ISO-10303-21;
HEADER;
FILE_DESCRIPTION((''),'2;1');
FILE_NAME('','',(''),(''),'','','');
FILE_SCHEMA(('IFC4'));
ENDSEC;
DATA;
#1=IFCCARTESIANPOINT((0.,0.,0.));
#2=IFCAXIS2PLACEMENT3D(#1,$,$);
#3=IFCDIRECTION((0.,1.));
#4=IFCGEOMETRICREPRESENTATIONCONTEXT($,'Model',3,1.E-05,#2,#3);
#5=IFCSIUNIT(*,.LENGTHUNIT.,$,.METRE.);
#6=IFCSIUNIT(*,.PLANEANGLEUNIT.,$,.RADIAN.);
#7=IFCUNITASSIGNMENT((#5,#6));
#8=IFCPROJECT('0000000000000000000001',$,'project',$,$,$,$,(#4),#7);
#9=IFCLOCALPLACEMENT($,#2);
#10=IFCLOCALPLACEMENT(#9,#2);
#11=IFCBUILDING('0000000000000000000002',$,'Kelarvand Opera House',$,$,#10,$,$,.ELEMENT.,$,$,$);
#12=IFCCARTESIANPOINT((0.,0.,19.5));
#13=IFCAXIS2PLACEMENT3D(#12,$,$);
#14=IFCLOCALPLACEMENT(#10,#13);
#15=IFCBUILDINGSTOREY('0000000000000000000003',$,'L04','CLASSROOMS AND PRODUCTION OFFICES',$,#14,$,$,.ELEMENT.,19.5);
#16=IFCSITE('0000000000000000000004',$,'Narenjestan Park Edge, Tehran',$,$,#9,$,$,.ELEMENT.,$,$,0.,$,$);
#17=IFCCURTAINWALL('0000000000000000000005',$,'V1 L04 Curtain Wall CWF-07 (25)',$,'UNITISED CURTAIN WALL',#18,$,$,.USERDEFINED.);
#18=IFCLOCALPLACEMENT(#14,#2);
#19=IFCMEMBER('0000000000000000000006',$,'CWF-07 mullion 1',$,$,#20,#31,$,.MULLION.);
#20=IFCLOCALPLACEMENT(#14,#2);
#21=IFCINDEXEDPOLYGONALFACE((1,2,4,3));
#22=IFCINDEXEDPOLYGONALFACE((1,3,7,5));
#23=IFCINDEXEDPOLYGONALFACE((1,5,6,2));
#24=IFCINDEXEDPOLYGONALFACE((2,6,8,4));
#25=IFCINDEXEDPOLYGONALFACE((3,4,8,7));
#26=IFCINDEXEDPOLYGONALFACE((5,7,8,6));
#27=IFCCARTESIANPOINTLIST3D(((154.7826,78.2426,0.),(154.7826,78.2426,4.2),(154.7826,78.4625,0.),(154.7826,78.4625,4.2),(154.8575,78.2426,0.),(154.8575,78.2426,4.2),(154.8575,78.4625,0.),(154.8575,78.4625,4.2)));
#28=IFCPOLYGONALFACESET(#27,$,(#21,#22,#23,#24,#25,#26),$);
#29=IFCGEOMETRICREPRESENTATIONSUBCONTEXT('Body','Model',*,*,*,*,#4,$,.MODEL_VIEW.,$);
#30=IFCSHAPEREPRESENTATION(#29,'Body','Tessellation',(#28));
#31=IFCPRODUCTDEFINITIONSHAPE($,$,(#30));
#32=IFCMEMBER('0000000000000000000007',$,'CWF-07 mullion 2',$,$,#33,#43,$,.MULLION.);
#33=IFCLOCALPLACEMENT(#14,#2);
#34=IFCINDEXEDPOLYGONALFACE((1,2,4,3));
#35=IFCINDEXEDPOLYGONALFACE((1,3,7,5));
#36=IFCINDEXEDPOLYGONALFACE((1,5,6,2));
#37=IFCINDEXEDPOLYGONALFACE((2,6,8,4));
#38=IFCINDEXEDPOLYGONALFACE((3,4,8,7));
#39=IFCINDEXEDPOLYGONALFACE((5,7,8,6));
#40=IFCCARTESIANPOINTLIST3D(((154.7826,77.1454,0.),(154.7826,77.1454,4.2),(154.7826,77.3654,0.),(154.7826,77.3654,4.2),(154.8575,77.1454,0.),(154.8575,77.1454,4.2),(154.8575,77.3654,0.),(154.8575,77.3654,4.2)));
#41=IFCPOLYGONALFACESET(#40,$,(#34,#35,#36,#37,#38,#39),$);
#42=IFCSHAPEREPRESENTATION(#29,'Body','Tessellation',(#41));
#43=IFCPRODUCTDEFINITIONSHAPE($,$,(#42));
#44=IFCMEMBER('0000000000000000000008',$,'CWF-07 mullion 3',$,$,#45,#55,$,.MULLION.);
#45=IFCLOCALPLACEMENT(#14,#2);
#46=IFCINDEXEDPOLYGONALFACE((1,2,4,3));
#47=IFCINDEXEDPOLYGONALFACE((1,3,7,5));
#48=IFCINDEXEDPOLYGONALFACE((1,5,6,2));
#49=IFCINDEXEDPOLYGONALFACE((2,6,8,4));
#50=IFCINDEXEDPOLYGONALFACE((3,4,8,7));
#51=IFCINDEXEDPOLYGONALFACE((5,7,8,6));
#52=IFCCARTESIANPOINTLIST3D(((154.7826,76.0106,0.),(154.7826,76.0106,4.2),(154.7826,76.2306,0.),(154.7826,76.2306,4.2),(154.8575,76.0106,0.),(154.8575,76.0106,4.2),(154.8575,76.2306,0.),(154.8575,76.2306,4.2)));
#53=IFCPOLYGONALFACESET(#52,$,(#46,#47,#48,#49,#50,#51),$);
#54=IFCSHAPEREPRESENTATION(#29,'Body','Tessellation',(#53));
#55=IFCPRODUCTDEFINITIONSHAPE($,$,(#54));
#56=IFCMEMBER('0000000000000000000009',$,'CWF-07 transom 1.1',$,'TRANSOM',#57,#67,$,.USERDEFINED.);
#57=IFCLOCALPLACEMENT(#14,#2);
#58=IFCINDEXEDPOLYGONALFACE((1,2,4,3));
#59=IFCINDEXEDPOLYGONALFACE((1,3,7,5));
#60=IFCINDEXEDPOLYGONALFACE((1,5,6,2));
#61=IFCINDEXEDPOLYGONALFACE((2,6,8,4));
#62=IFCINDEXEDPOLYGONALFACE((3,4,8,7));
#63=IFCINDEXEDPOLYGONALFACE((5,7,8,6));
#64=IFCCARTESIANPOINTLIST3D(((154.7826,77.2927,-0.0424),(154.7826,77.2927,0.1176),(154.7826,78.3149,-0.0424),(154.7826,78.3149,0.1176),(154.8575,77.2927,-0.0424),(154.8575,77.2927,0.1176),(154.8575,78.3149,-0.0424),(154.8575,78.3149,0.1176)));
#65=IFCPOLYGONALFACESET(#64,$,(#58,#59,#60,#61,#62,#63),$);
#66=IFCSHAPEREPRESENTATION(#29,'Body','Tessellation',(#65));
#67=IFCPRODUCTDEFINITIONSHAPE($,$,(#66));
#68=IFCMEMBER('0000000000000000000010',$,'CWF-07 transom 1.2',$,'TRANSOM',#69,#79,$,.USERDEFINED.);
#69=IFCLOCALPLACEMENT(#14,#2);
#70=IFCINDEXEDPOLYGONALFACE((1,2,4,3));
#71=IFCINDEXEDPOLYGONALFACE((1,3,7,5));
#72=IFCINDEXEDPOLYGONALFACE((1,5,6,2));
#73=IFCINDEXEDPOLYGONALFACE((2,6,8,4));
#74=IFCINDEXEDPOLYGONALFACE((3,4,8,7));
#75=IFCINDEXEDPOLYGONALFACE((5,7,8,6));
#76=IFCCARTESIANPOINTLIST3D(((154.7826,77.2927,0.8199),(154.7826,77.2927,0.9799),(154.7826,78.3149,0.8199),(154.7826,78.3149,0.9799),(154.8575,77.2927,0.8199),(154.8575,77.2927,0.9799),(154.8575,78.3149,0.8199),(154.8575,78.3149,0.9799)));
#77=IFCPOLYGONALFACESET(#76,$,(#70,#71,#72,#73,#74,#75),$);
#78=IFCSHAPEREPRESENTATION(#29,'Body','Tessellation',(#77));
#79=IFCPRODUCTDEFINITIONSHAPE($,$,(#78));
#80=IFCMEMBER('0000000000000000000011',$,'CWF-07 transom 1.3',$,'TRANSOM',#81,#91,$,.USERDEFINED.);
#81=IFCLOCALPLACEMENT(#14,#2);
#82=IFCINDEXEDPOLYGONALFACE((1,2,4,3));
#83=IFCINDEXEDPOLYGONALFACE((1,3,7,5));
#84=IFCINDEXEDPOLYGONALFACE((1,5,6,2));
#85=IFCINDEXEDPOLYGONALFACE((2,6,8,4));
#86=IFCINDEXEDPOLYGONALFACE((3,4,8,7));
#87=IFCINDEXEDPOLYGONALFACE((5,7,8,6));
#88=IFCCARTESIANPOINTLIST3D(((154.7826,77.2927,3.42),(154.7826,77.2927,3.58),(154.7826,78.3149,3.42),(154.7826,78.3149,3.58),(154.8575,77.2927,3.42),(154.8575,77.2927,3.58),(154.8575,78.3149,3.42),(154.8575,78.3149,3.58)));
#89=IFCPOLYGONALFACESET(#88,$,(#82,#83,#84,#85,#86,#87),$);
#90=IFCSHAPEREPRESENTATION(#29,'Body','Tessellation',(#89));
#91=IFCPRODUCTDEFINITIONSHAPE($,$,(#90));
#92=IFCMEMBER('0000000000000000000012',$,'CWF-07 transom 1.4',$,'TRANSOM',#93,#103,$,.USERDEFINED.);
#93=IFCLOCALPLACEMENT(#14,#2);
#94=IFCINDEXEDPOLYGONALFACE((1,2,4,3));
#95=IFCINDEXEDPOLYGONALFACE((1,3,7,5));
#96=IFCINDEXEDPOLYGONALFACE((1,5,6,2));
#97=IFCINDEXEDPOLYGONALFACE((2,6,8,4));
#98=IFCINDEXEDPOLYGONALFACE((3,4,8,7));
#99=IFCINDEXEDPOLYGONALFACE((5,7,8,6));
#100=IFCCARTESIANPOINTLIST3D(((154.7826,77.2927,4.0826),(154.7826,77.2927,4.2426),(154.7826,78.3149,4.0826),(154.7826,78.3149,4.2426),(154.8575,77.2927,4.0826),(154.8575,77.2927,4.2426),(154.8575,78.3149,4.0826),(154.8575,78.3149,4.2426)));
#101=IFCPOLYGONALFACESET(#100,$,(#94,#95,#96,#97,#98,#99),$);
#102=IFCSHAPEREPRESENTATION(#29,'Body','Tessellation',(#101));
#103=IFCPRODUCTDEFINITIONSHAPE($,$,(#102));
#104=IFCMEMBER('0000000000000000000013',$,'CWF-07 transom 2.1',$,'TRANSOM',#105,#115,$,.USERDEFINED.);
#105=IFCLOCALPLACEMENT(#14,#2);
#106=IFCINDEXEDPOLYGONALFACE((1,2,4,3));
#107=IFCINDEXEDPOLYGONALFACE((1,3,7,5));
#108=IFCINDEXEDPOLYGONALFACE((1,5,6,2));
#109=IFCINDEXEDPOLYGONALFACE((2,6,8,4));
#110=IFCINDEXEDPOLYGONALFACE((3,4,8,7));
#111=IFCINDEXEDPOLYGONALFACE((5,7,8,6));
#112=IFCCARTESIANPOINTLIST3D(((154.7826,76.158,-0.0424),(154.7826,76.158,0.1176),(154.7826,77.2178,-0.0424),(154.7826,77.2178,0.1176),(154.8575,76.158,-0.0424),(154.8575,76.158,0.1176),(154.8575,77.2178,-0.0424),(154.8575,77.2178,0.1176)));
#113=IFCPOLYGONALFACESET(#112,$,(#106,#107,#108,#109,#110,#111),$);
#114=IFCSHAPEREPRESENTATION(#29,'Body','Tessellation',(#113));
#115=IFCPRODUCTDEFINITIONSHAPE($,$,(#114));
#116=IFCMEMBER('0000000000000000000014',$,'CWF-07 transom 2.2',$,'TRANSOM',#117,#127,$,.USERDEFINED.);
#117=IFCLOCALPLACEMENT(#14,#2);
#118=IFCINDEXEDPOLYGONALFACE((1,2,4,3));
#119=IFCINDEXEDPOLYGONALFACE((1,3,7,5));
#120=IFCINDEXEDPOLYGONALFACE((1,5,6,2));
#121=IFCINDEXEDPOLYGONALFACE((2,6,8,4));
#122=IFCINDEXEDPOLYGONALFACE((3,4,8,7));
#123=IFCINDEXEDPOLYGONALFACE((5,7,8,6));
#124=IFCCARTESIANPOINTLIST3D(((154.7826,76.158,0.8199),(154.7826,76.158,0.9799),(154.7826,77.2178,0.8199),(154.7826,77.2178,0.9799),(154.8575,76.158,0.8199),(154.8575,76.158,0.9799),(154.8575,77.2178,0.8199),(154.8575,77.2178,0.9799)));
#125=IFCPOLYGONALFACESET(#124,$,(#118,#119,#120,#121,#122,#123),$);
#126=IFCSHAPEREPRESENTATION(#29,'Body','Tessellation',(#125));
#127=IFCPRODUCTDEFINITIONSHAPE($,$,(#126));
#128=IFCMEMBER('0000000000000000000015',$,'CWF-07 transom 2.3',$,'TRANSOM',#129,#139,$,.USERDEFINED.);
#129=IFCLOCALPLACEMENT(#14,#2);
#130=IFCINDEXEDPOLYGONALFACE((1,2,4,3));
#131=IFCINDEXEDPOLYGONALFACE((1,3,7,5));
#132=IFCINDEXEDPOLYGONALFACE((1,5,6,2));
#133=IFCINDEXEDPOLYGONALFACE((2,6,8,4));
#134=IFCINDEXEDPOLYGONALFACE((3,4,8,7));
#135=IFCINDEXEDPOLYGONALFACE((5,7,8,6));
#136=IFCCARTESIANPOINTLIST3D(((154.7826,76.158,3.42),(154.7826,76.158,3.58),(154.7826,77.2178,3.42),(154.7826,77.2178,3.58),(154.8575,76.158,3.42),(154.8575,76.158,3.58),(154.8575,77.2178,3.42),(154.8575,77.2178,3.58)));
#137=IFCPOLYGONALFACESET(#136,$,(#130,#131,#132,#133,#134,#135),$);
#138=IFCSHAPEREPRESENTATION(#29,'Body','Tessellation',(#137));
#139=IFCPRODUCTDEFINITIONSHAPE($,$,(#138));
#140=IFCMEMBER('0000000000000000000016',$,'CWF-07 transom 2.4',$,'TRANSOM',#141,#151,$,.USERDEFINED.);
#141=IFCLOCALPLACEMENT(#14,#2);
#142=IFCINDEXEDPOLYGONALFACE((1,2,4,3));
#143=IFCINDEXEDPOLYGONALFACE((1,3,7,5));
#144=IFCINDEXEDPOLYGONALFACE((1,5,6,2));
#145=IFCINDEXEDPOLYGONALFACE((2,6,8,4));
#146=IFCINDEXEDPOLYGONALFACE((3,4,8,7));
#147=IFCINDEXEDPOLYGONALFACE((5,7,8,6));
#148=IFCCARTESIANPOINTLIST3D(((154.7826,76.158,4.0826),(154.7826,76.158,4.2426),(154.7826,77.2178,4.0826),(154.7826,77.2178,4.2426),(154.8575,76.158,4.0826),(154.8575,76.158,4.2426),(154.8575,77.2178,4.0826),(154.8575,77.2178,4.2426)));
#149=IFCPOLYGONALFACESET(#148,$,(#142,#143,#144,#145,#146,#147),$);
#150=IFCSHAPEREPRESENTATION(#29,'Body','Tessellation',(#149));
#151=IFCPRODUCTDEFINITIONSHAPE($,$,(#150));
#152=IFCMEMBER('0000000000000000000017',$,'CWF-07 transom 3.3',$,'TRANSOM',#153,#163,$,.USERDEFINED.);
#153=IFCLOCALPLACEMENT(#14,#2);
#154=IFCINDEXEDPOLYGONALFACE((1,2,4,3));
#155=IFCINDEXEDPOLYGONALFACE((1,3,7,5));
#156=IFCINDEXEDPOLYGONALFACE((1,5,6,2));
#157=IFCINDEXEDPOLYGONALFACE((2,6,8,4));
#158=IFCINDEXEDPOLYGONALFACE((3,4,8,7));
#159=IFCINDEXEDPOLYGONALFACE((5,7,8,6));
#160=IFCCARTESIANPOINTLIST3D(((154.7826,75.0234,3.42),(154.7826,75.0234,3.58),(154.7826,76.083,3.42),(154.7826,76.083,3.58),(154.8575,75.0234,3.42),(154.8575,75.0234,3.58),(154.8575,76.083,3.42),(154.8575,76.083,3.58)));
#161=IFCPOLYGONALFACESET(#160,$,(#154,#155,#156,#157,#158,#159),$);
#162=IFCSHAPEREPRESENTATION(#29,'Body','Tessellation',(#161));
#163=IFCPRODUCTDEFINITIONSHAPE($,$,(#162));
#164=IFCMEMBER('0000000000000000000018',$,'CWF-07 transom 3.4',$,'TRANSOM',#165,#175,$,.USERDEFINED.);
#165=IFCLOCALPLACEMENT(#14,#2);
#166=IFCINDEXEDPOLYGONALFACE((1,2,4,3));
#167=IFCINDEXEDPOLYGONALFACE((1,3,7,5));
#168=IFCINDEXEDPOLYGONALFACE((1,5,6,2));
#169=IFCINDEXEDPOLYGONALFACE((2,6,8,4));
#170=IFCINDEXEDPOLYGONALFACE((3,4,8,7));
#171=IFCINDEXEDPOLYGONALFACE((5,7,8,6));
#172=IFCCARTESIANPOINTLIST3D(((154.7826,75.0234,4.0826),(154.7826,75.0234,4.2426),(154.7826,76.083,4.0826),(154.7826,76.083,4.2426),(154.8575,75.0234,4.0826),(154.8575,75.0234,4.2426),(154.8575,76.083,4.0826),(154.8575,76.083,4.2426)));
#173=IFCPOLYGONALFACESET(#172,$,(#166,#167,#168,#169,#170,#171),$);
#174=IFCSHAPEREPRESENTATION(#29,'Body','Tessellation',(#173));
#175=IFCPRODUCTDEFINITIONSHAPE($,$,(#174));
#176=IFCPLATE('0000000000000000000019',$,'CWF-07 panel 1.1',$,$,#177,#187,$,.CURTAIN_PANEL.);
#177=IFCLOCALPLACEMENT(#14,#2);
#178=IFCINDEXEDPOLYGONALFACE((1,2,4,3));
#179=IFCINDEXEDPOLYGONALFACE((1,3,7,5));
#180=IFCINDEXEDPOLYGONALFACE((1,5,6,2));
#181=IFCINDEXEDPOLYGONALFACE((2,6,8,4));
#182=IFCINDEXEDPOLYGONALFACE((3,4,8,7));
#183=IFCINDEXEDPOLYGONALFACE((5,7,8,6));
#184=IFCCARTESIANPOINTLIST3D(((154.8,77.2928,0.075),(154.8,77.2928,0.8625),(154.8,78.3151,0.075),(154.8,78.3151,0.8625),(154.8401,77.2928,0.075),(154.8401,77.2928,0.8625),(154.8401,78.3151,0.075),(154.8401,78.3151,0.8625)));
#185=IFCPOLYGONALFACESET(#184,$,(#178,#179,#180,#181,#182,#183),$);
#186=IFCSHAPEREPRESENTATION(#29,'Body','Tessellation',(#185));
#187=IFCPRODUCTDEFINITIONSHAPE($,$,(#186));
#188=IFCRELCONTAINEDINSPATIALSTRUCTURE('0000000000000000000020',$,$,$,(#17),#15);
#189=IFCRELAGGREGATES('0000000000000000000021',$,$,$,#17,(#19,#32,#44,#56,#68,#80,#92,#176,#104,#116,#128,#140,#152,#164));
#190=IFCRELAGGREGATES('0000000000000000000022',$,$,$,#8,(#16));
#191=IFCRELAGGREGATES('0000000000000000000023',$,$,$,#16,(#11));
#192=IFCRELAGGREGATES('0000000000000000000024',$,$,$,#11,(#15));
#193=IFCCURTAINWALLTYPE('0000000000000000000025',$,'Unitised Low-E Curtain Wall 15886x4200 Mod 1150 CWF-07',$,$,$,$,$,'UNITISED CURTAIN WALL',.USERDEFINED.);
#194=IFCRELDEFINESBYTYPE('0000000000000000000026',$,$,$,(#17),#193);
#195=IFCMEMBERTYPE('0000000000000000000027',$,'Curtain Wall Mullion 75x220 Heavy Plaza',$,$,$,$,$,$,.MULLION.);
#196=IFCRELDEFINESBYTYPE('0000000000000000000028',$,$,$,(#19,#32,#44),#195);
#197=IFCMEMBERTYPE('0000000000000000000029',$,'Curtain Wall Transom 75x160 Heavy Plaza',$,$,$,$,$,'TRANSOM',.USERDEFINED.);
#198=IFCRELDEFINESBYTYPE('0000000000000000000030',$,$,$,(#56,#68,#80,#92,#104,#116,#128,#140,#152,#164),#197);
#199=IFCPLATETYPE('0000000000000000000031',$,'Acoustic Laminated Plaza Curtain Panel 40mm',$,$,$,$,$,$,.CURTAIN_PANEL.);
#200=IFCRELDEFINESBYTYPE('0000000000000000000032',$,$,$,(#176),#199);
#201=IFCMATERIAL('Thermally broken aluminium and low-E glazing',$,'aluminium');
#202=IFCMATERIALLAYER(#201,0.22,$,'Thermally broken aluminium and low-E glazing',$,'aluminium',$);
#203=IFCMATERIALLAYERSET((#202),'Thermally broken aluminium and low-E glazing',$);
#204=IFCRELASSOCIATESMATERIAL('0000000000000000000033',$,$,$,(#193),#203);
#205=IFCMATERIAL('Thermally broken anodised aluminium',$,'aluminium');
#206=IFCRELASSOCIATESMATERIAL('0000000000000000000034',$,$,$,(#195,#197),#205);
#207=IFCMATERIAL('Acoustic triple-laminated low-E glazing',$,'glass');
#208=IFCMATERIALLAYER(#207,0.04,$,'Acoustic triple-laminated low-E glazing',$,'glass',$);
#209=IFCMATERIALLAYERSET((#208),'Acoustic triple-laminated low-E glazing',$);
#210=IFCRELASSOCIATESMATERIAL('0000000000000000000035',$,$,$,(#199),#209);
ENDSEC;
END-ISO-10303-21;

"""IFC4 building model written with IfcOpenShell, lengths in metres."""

from ifc_helpers import new_model, si_unit, direction, frame, origin, origin_2d, place, context, subcontext, project, spatial, rectangle, extrude, material, layer, layer_set, material_profile, profile_set, type_object, element, aggregate, save


model = new_model("IFC4")

# Units and contexts
model_context = context("Model", 3, precision=1e-05, world=origin(), true_north=direction((0.0, 1.0)))
body_context = subcontext(model_context, "Body", "Model", "MODEL_VIEW")
ifc_project = project(units=[si_unit("LENGTHUNIT", "METRE"), si_unit("PLANEANGLEUNIT", "RADIAN")], contexts=[model_context])

# Site, building, storey
site_placement = place(None, origin())
site = spatial("IfcSite", under=ifc_project, at=site_placement, Name="Narenjestan Park Edge, Tehran", CompositionType="ELEMENT", RefElevation=0.0)
building_placement = place(site_placement, origin())
building = spatial("IfcBuilding", under=site, at=building_placement, Name="Kelarvand Opera House", CompositionType="ELEMENT")
storey_placement = place(building_placement, frame((0.0, 0.0, 19.5)))
storey = spatial("IfcBuildingStorey", under=building, at=storey_placement, Name="L04", Description="CLASSROOMS AND PRODUCTION OFFICES", CompositionType="ELEMENT", Elevation=19.5)

# Curtain wall, members, plate
ifc_material_1 = material(Name="Thermally broken aluminium and low-E glazing", Category="aluminium")
ifc_layer_1 = layer(ifc_material_1, 0.22, Name="Thermally broken aluminium and low-E glazing", Category="aluminium")
ifc_layer_set_1 = layer_set([ifc_layer_1], Name="Thermally broken aluminium and low-E glazing")
curtain_wall_type = type_object("IfcCurtainWallType", Name="Unitised Low-E Curtain Wall 15886x4200 Mod 1150 CWF-07", ElementType="UNITISED CURTAIN WALL", PredefinedType="USERDEFINED", material=ifc_layer_set_1)
curtain_wall_placement = place(storey_placement, origin())
curtain_wall = element("IfcCurtainWall", 1, at=curtain_wall_placement, inside=storey, type_object=curtain_wall_type, Name="V1 L04 Curtain Wall CWF-07 (25)", ObjectType="UNITISED CURTAIN WALL", PredefinedType="USERDEFINED")
ifc_material_2 = material(Name="Thermally broken anodised aluminium", Category="aluminium")
ifc_material_profile_1 = material_profile(ifc_material_2, rectangle(XDim=0.075, YDim=0.22, at=origin_2d()), Name="ALU MULLION 75x220", Category="aluminium")
ifc_profile_set_1 = profile_set([ifc_material_profile_1], Name="Thermally broken anodised aluminium")
member_type_1 = type_object("IfcMemberType", Name="Curtain Wall Mullion 75x220 Heavy Plaza", PredefinedType="MULLION", material=ifc_profile_set_1)
member_1_placement = place(storey_placement, frame((154.8201, 78.3525, 0.0), z_axis=(0.0, 0.0, 1.0), x_axis=(1.0, 0.0, 0.0)))
member_1 = element("IfcMember", 2, at=member_1_placement, type_object=member_type_1, Name="CWF-07 mullion 1", PredefinedType="MULLION", context=body_context, shape_type="SweptSolid", body=[
    extrude(rectangle(XDim=0.075, YDim=0.22, at=origin_2d()), origin(), (0.0, 0.0, 1.0), 4.2),
])
member_2_placement = place(storey_placement, frame((154.8201, 77.2554, 0.0), z_axis=(0.0, 0.0, 1.0), x_axis=(1.0, 0.0, 0.0)))
member_2 = element("IfcMember", 3, at=member_2_placement, type_object=member_type_1, Name="CWF-07 mullion 2", PredefinedType="MULLION", context=body_context, shape_type="SweptSolid", body=[
    extrude(rectangle(XDim=0.075, YDim=0.22, at=origin_2d()), origin(), (0.0, 0.0, 1.0), 4.2),
])
member_3_placement = place(storey_placement, frame((154.8201, 76.1206, 0.0), z_axis=(0.0, 0.0, 1.0), x_axis=(1.0, 0.0, 0.0)))
member_3 = element("IfcMember", 4, at=member_3_placement, type_object=member_type_1, Name="CWF-07 mullion 3", PredefinedType="MULLION", context=body_context, shape_type="SweptSolid", body=[
    extrude(rectangle(XDim=0.075, YDim=0.22, at=origin_2d()), origin(), (0.0, 0.0, 1.0), 4.2),
])
ifc_material_profile_2 = material_profile(ifc_material_2, rectangle(XDim=0.075, YDim=0.1599, at=origin_2d()), Name="ALU TRANSOM 75x160", Category="aluminium")
ifc_profile_set_2 = profile_set([ifc_material_profile_2], Name="Thermally broken anodised aluminium")
member_type_2 = type_object("IfcMemberType", Name="Curtain Wall Transom 75x160 Heavy Plaza", ElementType="TRANSOM", PredefinedType="USERDEFINED", material=ifc_profile_set_2)
member_4_placement = place(storey_placement, frame((154.8201, 78.3149, 0.0376), z_axis=(0.0, -1.0, 0.0), x_axis=(1.0, 0.0, 0.0)))
member_4 = element("IfcMember", 5, at=member_4_placement, type_object=member_type_2, Name="CWF-07 transom 1.1", ObjectType="TRANSOM", PredefinedType="USERDEFINED", context=body_context, shape_type="SweptSolid", body=[
    extrude(rectangle(XDim=0.075, YDim=0.1599, at=origin_2d()), origin(), (0.0, 0.0, 1.0), 1.0222),
])
member_5_placement = place(storey_placement, frame((154.8201, 78.3149, 0.8999), z_axis=(0.0, -1.0, 0.0), x_axis=(1.0, 0.0, 0.0)))
member_5 = element("IfcMember", 6, at=member_5_placement, type_object=member_type_2, Name="CWF-07 transom 1.2", ObjectType="TRANSOM", PredefinedType="USERDEFINED", context=body_context, shape_type="SweptSolid", body=[
    extrude(rectangle(XDim=0.075, YDim=0.1599, at=origin_2d()), origin(), (0.0, 0.0, 1.0), 1.0222),
])
member_6_placement = place(storey_placement, frame((154.8201, 78.3149, 3.5), z_axis=(0.0, -1.0, 0.0), x_axis=(1.0, 0.0, 0.0)))
member_6 = element("IfcMember", 7, at=member_6_placement, type_object=member_type_2, Name="CWF-07 transom 1.3", ObjectType="TRANSOM", PredefinedType="USERDEFINED", context=body_context, shape_type="SweptSolid", body=[
    extrude(rectangle(XDim=0.075, YDim=0.1599, at=origin_2d()), origin(), (0.0, 0.0, 1.0), 1.0222),
])
member_7_placement = place(storey_placement, frame((154.8201, 78.3149, 4.1626), z_axis=(0.0, -1.0, 0.0), x_axis=(1.0, 0.0, 0.0)))
member_7 = element("IfcMember", 8, at=member_7_placement, type_object=member_type_2, Name="CWF-07 transom 1.4", ObjectType="TRANSOM", PredefinedType="USERDEFINED", context=body_context, shape_type="SweptSolid", body=[
    extrude(rectangle(XDim=0.075, YDim=0.1599, at=origin_2d()), origin(), (0.0, 0.0, 1.0), 1.0222),
])
member_8_placement = place(storey_placement, frame((154.8201, 77.2178, 0.0376), z_axis=(0.0, -1.0, 0.0), x_axis=(1.0, 0.0, 0.0)))
member_8 = element("IfcMember", 9, at=member_8_placement, type_object=member_type_2, Name="CWF-07 transom 2.1", ObjectType="TRANSOM", PredefinedType="USERDEFINED", context=body_context, shape_type="SweptSolid", body=[
    extrude(rectangle(XDim=0.075, YDim=0.1599, at=origin_2d()), origin(), (0.0, 0.0, 1.0), 1.0598),
])
member_9_placement = place(storey_placement, frame((154.8201, 77.2178, 0.8999), z_axis=(0.0, -1.0, 0.0), x_axis=(1.0, 0.0, 0.0)))
member_9 = element("IfcMember", 10, at=member_9_placement, type_object=member_type_2, Name="CWF-07 transom 2.2", ObjectType="TRANSOM", PredefinedType="USERDEFINED", context=body_context, shape_type="SweptSolid", body=[
    extrude(rectangle(XDim=0.075, YDim=0.1599, at=origin_2d()), origin(), (0.0, 0.0, 1.0), 1.0598),
])
member_10_placement = place(storey_placement, frame((154.8201, 77.2178, 3.5), z_axis=(0.0, -1.0, 0.0), x_axis=(1.0, 0.0, 0.0)))
member_10 = element("IfcMember", 11, at=member_10_placement, type_object=member_type_2, Name="CWF-07 transom 2.3", ObjectType="TRANSOM", PredefinedType="USERDEFINED", context=body_context, shape_type="SweptSolid", body=[
    extrude(rectangle(XDim=0.075, YDim=0.1599, at=origin_2d()), origin(), (0.0, 0.0, 1.0), 1.0598),
])
member_11_placement = place(storey_placement, frame((154.8201, 77.2178, 4.1626), z_axis=(0.0, -1.0, 0.0), x_axis=(1.0, 0.0, 0.0)))
member_11 = element("IfcMember", 12, at=member_11_placement, type_object=member_type_2, Name="CWF-07 transom 2.4", ObjectType="TRANSOM", PredefinedType="USERDEFINED", context=body_context, shape_type="SweptSolid", body=[
    extrude(rectangle(XDim=0.075, YDim=0.1599, at=origin_2d()), origin(), (0.0, 0.0, 1.0), 1.0598),
])
member_12_placement = place(storey_placement, frame((154.8201, 76.083, 3.5), z_axis=(0.0, -1.0, 0.0), x_axis=(1.0, 0.0, 0.0)))
member_12 = element("IfcMember", 13, at=member_12_placement, type_object=member_type_2, Name="CWF-07 transom 3.3", ObjectType="TRANSOM", PredefinedType="USERDEFINED", context=body_context, shape_type="SweptSolid", body=[
    extrude(rectangle(XDim=0.075, YDim=0.1599, at=origin_2d()), origin(), (0.0, 0.0, 1.0), 1.0596),
])
member_13_placement = place(storey_placement, frame((154.8201, 76.083, 4.1626), z_axis=(0.0, -1.0, 0.0), x_axis=(1.0, 0.0, 0.0)))
member_13 = element("IfcMember", 14, at=member_13_placement, type_object=member_type_2, Name="CWF-07 transom 3.4", ObjectType="TRANSOM", PredefinedType="USERDEFINED", context=body_context, shape_type="SweptSolid", body=[
    extrude(rectangle(XDim=0.075, YDim=0.1599, at=origin_2d()), origin(), (0.0, 0.0, 1.0), 1.0596),
])
ifc_material_3 = material(Name="Acoustic triple-laminated low-E glazing", Category="glass")
ifc_layer_2 = layer(ifc_material_3, 0.04, Name="Acoustic triple-laminated low-E glazing", Category="glass")
ifc_layer_set_2 = layer_set([ifc_layer_2], Name="Acoustic triple-laminated low-E glazing")
plate_type = type_object("IfcPlateType", Name="Acoustic Laminated Plaza Curtain Panel 40mm", PredefinedType="CURTAIN_PANEL", material=ifc_layer_set_2)
plate_1_placement = place(storey_placement, frame((154.8201, 77.804, 0.075), z_axis=(0.0, 0.0, 1.0), x_axis=(0.0, -1.0, 0.0)))
plate_1 = element("IfcPlate", 15, at=plate_1_placement, type_object=plate_type, Name="CWF-07 panel 1.1", PredefinedType="CURTAIN_PANEL", context=body_context, shape_type="SweptSolid", body=[
    extrude(rectangle(XDim=1.0222, YDim=0.04, at=origin_2d()), origin(), (0.0, 0.0, 1.0), 0.7876),
])
aggregate(curtain_wall, [member_1, member_2, member_3, member_4, member_5, member_6, member_7, plate_1, member_8, member_9, member_10, member_11, member_12, member_13])

save(model, "model.ifc")
